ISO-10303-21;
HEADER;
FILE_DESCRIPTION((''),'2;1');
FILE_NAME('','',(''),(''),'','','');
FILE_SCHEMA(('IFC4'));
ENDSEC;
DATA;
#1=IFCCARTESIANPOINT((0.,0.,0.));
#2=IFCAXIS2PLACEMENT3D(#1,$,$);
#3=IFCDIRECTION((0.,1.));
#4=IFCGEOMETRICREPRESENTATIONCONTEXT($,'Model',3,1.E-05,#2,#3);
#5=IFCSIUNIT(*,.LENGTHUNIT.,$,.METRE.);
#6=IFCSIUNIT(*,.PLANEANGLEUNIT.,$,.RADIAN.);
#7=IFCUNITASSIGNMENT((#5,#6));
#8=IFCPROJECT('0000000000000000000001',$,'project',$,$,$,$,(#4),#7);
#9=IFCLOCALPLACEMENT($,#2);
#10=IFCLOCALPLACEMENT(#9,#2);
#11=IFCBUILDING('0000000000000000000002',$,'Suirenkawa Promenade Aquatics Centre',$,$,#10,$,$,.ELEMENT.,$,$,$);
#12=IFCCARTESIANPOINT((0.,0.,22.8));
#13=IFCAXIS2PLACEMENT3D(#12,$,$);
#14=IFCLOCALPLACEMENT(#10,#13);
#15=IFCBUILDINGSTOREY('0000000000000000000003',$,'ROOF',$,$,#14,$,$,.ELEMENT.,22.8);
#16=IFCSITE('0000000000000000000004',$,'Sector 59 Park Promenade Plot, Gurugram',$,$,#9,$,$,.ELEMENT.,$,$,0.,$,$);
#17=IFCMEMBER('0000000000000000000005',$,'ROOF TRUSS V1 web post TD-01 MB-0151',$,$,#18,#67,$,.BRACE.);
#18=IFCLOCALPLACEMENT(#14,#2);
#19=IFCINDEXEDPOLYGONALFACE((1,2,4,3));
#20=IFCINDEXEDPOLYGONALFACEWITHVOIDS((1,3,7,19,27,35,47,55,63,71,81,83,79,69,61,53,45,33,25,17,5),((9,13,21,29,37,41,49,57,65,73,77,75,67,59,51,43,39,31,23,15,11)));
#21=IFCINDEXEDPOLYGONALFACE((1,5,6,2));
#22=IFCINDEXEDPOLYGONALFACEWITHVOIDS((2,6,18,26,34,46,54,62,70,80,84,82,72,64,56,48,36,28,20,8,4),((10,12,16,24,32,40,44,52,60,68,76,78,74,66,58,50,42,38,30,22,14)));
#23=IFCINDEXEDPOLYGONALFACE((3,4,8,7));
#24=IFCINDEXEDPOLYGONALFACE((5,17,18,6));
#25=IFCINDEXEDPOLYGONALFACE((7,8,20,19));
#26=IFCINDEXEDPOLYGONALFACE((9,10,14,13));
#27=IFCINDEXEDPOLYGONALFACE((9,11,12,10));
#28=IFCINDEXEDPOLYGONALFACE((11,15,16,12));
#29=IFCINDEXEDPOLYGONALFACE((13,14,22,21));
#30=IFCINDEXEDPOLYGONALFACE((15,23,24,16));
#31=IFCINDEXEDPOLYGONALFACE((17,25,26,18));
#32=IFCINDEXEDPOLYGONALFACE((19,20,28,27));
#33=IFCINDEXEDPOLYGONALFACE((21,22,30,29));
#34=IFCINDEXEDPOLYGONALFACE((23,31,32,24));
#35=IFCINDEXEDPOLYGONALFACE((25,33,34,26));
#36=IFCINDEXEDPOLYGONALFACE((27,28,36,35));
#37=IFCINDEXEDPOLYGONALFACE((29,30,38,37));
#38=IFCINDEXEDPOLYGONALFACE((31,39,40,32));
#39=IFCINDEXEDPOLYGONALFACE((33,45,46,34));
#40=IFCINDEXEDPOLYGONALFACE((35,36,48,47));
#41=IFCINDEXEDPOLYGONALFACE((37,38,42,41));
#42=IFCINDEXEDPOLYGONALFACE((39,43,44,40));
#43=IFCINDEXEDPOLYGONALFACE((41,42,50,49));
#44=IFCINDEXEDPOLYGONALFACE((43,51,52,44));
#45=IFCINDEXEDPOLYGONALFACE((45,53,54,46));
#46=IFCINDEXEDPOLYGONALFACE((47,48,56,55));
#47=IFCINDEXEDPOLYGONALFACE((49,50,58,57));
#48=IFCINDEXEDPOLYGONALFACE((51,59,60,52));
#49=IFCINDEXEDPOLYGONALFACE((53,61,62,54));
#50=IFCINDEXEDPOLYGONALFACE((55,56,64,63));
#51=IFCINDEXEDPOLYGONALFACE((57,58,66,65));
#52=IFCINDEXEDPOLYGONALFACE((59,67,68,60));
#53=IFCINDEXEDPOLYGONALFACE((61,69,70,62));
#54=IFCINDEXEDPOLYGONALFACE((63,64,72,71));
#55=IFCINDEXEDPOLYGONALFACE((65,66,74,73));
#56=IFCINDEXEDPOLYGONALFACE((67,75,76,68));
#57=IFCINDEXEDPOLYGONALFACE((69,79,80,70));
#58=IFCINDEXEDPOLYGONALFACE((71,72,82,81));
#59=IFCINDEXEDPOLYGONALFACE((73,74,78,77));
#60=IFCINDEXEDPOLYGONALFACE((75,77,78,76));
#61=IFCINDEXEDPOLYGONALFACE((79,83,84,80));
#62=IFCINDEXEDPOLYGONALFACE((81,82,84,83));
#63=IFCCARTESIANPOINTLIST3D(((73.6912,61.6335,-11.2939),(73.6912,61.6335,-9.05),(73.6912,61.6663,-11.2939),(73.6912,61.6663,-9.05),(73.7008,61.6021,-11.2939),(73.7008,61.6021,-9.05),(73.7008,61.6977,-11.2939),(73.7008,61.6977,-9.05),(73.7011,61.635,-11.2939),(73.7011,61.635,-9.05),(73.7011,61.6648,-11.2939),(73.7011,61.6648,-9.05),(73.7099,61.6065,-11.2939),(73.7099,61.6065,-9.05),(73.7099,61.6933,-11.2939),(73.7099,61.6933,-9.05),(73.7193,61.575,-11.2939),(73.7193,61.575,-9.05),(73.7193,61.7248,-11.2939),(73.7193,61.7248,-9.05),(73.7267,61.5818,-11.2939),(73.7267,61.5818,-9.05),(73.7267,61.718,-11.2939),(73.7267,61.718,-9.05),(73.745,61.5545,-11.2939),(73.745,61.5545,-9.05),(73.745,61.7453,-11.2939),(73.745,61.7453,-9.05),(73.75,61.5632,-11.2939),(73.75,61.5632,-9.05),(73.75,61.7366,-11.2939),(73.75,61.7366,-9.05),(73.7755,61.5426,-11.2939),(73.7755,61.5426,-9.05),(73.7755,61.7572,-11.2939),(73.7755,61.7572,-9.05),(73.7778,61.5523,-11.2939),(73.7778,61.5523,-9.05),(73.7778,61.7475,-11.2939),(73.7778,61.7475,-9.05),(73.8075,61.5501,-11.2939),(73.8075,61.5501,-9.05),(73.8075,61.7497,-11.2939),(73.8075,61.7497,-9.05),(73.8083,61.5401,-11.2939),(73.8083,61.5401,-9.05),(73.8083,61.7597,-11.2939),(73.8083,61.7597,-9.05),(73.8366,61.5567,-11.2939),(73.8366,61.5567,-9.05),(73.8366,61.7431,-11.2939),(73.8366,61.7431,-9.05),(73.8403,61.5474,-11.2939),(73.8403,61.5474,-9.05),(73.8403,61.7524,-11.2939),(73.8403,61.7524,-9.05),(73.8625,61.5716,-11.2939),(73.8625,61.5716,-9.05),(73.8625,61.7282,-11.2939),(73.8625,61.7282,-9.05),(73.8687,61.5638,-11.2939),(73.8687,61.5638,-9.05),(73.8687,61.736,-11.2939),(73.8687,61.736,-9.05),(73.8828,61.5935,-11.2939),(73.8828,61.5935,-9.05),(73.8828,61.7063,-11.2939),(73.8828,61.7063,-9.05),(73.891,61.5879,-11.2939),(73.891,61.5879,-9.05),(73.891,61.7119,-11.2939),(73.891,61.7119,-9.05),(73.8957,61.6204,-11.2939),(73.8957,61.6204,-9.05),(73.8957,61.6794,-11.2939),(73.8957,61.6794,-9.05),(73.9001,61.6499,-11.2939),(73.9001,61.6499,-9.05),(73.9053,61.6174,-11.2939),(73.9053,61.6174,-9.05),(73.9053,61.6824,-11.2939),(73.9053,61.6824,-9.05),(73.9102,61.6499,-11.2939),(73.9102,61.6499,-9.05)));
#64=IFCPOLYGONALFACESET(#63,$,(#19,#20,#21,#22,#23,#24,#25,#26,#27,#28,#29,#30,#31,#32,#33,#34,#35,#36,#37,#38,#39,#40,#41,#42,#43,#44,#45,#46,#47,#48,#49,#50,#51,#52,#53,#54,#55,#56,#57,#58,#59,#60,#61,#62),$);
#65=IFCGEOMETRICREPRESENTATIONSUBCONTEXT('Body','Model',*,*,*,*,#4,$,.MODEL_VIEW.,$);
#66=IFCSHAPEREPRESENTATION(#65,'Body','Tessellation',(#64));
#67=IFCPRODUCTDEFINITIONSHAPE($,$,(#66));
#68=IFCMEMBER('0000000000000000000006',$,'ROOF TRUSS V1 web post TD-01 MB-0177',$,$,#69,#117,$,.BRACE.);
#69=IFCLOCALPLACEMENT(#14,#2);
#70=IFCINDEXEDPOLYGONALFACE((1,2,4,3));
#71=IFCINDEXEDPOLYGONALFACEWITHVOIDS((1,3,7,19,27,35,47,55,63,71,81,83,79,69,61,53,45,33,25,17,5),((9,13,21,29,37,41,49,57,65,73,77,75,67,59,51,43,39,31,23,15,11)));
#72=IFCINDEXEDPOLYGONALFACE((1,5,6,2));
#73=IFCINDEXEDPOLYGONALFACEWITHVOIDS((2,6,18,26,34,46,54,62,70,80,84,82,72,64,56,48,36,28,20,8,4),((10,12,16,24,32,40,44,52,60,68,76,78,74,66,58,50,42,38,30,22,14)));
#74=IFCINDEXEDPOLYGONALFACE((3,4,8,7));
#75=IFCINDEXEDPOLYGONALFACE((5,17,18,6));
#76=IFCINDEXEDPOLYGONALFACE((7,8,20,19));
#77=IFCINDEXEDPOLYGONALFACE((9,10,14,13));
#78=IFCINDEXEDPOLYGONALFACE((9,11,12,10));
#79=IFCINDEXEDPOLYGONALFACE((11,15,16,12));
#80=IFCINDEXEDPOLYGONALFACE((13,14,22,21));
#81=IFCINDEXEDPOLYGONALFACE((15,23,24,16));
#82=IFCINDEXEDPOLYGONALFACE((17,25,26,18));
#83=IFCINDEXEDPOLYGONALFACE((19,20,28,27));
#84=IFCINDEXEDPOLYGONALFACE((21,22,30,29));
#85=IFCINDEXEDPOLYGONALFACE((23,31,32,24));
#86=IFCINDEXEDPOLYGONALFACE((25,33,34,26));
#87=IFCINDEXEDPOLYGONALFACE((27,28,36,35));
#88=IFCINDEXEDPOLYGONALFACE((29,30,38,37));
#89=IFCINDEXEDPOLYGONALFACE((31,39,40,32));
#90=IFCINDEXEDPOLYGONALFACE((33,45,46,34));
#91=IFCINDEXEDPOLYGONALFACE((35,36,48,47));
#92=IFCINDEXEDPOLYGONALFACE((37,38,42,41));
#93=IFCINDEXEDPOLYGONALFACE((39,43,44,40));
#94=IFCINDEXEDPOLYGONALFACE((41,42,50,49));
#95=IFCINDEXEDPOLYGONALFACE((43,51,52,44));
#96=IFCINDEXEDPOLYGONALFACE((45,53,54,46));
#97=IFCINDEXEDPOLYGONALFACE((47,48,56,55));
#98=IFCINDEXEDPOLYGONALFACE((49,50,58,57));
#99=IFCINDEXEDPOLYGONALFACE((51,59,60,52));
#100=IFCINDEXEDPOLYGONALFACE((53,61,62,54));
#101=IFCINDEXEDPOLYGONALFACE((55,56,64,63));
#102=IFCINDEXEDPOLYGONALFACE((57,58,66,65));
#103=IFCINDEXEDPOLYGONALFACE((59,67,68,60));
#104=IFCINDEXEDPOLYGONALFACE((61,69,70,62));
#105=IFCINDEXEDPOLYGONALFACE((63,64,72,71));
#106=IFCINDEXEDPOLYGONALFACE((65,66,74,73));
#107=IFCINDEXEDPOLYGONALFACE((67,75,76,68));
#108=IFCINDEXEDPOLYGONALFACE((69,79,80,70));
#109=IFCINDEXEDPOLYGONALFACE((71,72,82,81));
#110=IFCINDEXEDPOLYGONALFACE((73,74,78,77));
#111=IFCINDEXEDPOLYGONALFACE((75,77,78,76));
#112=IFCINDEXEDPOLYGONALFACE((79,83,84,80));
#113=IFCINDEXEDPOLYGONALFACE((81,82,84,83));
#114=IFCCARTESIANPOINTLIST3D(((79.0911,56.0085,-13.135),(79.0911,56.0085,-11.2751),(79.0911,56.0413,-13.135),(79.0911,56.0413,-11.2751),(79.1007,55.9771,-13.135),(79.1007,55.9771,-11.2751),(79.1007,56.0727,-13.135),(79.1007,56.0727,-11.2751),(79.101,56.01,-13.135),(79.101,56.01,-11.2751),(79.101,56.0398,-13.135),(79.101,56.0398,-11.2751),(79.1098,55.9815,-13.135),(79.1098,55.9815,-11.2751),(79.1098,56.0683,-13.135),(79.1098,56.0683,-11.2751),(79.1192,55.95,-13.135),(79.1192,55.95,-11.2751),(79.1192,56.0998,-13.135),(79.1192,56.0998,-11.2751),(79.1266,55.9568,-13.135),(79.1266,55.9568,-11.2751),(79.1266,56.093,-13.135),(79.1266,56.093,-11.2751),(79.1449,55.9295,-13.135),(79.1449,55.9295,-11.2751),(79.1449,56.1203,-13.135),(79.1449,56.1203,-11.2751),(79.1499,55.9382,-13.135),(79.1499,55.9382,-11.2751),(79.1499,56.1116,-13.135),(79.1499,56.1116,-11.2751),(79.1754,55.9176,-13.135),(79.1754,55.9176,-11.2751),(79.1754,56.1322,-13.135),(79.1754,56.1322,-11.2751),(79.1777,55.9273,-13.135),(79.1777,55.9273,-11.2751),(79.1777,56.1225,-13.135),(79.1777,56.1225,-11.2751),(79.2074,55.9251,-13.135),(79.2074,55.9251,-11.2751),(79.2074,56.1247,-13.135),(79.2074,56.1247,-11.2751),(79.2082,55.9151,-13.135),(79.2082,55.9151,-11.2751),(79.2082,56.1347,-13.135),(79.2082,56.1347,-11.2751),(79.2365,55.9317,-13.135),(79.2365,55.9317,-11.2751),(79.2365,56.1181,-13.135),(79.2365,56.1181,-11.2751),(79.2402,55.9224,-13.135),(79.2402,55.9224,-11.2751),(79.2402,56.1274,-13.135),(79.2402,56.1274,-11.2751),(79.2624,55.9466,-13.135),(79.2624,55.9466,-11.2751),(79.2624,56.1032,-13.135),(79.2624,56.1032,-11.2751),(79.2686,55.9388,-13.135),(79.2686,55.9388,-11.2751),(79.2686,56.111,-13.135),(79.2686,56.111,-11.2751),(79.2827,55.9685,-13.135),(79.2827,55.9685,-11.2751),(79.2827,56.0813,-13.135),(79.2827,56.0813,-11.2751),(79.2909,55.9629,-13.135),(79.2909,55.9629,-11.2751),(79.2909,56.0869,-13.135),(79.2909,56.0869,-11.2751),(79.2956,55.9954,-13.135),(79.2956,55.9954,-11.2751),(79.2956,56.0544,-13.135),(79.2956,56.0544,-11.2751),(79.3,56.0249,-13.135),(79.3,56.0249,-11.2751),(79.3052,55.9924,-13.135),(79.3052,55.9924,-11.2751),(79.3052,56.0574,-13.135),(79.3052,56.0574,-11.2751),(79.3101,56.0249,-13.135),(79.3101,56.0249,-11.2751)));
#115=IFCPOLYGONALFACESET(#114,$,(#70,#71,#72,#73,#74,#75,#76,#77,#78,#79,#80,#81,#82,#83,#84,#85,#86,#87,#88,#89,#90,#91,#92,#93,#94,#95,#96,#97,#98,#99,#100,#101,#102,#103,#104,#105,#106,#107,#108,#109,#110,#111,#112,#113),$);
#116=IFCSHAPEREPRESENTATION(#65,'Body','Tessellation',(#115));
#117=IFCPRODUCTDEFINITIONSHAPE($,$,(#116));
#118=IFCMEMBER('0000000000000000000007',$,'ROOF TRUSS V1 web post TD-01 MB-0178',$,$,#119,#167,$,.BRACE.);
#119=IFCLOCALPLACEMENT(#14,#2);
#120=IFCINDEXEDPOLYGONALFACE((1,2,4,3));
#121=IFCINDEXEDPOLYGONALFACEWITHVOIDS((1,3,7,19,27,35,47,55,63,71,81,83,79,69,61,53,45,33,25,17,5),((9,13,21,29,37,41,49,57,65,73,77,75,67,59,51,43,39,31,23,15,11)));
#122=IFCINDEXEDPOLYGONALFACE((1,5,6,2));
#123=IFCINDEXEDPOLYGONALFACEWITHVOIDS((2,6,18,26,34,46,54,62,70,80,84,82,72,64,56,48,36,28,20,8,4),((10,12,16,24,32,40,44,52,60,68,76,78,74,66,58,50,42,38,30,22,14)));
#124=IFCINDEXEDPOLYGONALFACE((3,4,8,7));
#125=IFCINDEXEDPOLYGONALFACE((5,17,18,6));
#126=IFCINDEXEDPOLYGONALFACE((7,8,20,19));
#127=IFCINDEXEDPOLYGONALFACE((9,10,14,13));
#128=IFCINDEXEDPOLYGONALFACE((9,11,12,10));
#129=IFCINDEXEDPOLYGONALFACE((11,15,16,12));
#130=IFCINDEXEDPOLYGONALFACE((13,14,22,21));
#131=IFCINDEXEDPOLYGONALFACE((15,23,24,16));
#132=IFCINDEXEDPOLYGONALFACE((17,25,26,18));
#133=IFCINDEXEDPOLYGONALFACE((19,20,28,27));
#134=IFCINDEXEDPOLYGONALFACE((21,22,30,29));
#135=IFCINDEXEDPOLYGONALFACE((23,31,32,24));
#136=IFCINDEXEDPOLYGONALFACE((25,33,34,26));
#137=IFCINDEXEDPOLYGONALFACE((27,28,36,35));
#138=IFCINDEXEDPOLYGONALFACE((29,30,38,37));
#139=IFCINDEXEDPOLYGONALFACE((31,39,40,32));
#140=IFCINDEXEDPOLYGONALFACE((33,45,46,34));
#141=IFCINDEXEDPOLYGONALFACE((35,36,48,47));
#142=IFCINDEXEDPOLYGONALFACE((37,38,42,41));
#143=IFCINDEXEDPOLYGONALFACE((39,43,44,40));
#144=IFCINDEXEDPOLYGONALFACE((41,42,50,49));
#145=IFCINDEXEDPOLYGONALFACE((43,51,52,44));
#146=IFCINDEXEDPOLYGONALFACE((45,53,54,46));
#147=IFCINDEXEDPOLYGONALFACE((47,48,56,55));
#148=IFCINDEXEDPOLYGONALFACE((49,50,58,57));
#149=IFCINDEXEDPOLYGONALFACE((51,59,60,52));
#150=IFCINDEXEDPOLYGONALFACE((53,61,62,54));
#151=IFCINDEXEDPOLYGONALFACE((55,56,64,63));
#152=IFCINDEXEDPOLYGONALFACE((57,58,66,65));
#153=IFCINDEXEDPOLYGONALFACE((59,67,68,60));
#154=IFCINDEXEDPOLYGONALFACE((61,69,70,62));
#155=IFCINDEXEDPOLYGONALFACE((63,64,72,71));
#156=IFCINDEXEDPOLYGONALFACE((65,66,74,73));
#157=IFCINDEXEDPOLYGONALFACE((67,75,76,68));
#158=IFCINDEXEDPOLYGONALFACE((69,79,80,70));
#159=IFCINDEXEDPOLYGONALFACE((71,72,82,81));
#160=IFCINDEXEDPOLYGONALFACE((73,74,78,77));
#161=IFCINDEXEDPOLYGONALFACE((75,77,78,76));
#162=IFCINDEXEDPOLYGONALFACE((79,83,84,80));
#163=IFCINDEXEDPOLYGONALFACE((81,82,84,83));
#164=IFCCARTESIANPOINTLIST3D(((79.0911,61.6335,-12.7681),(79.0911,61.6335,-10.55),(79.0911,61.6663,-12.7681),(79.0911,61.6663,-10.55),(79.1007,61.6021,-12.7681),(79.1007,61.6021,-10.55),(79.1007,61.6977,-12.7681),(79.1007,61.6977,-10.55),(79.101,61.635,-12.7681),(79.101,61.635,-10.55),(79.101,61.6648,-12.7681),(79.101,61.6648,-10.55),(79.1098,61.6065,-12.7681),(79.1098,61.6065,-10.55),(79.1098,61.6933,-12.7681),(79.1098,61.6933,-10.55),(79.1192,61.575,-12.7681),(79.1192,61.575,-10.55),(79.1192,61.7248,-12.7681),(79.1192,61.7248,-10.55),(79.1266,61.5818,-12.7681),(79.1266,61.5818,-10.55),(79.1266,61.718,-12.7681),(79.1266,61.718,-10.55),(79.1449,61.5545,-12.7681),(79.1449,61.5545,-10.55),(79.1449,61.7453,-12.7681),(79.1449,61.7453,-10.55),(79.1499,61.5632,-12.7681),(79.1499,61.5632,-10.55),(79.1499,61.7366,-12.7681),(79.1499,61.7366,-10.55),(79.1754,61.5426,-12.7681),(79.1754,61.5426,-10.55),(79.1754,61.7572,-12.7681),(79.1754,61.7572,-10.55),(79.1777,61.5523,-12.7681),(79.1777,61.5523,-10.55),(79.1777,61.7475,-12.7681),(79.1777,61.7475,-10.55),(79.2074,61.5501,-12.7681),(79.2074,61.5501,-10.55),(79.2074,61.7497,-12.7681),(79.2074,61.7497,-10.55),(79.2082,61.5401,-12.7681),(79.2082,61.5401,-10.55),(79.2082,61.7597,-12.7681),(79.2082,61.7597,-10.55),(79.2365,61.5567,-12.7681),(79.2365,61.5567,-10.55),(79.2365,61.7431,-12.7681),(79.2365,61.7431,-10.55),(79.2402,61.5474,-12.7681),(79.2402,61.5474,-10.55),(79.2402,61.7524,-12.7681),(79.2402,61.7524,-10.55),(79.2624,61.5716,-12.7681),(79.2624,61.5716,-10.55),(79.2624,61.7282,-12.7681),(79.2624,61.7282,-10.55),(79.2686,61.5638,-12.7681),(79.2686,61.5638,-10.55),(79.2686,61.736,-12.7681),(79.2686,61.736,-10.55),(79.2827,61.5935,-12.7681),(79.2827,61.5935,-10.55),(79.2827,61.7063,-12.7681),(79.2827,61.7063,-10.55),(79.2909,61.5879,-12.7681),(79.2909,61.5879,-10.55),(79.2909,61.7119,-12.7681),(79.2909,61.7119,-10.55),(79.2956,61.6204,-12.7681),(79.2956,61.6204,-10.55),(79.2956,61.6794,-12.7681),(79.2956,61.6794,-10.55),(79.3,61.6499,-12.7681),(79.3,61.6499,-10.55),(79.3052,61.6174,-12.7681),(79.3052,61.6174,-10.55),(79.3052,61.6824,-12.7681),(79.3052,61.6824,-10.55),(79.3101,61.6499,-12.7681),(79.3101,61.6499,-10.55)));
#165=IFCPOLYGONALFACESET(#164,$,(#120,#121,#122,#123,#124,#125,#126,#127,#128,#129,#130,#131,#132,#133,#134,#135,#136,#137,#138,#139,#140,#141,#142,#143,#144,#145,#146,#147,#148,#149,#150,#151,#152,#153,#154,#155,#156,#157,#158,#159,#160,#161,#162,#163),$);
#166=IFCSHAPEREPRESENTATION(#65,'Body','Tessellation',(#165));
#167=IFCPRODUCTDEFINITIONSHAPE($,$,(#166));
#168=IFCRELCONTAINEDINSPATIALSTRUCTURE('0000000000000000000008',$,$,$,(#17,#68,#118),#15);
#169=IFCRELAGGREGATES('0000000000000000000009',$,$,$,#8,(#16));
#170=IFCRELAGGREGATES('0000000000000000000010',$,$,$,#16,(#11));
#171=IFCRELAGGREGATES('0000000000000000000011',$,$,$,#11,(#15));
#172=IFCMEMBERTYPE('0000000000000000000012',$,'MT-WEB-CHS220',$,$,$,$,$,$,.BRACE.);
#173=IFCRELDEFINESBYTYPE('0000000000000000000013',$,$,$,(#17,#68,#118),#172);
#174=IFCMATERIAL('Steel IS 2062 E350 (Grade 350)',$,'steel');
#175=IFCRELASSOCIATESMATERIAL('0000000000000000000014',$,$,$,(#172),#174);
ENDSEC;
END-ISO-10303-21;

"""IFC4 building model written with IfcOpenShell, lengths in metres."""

from ifc_helpers import new_model, si_unit, direction, frame, origin, origin_2d, place, context, subcontext, project, spatial, hollow_circle, extrude, material, material_profile, profile_set, type_object, element, save


model = new_model("IFC4")

# Units and contexts
model_context = context("Model", 3, precision=1e-05, world=origin(), true_north=direction((0.0, 1.0)))
body_context = subcontext(model_context, "Body", "Model", "MODEL_VIEW")
ifc_project = project(units=[si_unit("LENGTHUNIT", "METRE"), si_unit("PLANEANGLEUNIT", "RADIAN")], contexts=[model_context])

# Site, building, storey
site_placement = place(None, origin())
site = spatial("IfcSite", under=ifc_project, at=site_placement, Name="Sector 59 Park Promenade Plot, Gurugram", CompositionType="ELEMENT", RefElevation=0.0)
building_placement = place(site_placement, origin())
building = spatial("IfcBuilding", under=site, at=building_placement, Name="Suirenkawa Promenade Aquatics Centre", CompositionType="ELEMENT")
storey_placement = place(building_placement, frame((0.0, 0.0, 22.8)))
storey = spatial("IfcBuildingStorey", under=building, at=storey_placement, Name="ROOF", CompositionType="ELEMENT", Elevation=22.8)

# Shared definitions
ifc_material = material(Name="Steel IS 2062 E350 (Grade 350)", Category="steel")

# Members
ifc_material_profile_1 = material_profile(ifc_material, hollow_circle(Radius=0.1101, WallThickness=0.01, at=origin_2d()), Name="CHS 220x10", Category="steel")
ifc_profile_set_1 = profile_set([ifc_material_profile_1], Name="Steel IS 2062 E350 (Grade 350)")
member_type_1 = type_object("IfcMemberType", Name="MT-WEB-CHS220", PredefinedType="BRACE", material=ifc_profile_set_1)
member_1_placement = place(storey_placement, frame((73.8, 61.6499, -11.2939), z_axis=(0.0, 0.0, 1.0), x_axis=(1.0, 0.0, 0.0)))
element("IfcMember", 1, at=member_1_placement, inside=storey, type_object=member_type_1, Name="ROOF TRUSS V1 web post TD-01 MB-0151", PredefinedType="BRACE", context=body_context, shape_type="SweptSolid", body=[
    extrude(hollow_circle(Radius=0.1101, WallThickness=0.01, at=origin_2d()), origin(), (0.0, 0.0, 1.0), 2.2439),
])
member_2_placement = place(storey_placement, frame((79.2, 56.0249, -13.135), z_axis=(0.0, 0.0, 1.0), x_axis=(1.0, 0.0, 0.0)))
element("IfcMember", 2, at=member_2_placement, inside=storey, type_object=member_type_1, Name="ROOF TRUSS V1 web post TD-01 MB-0177", PredefinedType="BRACE", context=body_context, shape_type="SweptSolid", body=[
    extrude(hollow_circle(Radius=0.1101, WallThickness=0.01, at=origin_2d()), origin(), (0.0, 0.0, 1.0), 1.8599),
])
member_3_placement = place(storey_placement, frame((79.2, 61.6499, -12.7681), z_axis=(0.0, 0.0, 1.0), x_axis=(1.0, 0.0, 0.0)))
element("IfcMember", 3, at=member_3_placement, inside=storey, type_object=member_type_1, Name="ROOF TRUSS V1 web post TD-01 MB-0178", PredefinedType="BRACE", context=body_context, shape_type="SweptSolid", body=[
    extrude(hollow_circle(Radius=0.1101, WallThickness=0.01, at=origin_2d()), origin(), (0.0, 0.0, 1.0), 2.218),
])

save(model, "model.ifc")
